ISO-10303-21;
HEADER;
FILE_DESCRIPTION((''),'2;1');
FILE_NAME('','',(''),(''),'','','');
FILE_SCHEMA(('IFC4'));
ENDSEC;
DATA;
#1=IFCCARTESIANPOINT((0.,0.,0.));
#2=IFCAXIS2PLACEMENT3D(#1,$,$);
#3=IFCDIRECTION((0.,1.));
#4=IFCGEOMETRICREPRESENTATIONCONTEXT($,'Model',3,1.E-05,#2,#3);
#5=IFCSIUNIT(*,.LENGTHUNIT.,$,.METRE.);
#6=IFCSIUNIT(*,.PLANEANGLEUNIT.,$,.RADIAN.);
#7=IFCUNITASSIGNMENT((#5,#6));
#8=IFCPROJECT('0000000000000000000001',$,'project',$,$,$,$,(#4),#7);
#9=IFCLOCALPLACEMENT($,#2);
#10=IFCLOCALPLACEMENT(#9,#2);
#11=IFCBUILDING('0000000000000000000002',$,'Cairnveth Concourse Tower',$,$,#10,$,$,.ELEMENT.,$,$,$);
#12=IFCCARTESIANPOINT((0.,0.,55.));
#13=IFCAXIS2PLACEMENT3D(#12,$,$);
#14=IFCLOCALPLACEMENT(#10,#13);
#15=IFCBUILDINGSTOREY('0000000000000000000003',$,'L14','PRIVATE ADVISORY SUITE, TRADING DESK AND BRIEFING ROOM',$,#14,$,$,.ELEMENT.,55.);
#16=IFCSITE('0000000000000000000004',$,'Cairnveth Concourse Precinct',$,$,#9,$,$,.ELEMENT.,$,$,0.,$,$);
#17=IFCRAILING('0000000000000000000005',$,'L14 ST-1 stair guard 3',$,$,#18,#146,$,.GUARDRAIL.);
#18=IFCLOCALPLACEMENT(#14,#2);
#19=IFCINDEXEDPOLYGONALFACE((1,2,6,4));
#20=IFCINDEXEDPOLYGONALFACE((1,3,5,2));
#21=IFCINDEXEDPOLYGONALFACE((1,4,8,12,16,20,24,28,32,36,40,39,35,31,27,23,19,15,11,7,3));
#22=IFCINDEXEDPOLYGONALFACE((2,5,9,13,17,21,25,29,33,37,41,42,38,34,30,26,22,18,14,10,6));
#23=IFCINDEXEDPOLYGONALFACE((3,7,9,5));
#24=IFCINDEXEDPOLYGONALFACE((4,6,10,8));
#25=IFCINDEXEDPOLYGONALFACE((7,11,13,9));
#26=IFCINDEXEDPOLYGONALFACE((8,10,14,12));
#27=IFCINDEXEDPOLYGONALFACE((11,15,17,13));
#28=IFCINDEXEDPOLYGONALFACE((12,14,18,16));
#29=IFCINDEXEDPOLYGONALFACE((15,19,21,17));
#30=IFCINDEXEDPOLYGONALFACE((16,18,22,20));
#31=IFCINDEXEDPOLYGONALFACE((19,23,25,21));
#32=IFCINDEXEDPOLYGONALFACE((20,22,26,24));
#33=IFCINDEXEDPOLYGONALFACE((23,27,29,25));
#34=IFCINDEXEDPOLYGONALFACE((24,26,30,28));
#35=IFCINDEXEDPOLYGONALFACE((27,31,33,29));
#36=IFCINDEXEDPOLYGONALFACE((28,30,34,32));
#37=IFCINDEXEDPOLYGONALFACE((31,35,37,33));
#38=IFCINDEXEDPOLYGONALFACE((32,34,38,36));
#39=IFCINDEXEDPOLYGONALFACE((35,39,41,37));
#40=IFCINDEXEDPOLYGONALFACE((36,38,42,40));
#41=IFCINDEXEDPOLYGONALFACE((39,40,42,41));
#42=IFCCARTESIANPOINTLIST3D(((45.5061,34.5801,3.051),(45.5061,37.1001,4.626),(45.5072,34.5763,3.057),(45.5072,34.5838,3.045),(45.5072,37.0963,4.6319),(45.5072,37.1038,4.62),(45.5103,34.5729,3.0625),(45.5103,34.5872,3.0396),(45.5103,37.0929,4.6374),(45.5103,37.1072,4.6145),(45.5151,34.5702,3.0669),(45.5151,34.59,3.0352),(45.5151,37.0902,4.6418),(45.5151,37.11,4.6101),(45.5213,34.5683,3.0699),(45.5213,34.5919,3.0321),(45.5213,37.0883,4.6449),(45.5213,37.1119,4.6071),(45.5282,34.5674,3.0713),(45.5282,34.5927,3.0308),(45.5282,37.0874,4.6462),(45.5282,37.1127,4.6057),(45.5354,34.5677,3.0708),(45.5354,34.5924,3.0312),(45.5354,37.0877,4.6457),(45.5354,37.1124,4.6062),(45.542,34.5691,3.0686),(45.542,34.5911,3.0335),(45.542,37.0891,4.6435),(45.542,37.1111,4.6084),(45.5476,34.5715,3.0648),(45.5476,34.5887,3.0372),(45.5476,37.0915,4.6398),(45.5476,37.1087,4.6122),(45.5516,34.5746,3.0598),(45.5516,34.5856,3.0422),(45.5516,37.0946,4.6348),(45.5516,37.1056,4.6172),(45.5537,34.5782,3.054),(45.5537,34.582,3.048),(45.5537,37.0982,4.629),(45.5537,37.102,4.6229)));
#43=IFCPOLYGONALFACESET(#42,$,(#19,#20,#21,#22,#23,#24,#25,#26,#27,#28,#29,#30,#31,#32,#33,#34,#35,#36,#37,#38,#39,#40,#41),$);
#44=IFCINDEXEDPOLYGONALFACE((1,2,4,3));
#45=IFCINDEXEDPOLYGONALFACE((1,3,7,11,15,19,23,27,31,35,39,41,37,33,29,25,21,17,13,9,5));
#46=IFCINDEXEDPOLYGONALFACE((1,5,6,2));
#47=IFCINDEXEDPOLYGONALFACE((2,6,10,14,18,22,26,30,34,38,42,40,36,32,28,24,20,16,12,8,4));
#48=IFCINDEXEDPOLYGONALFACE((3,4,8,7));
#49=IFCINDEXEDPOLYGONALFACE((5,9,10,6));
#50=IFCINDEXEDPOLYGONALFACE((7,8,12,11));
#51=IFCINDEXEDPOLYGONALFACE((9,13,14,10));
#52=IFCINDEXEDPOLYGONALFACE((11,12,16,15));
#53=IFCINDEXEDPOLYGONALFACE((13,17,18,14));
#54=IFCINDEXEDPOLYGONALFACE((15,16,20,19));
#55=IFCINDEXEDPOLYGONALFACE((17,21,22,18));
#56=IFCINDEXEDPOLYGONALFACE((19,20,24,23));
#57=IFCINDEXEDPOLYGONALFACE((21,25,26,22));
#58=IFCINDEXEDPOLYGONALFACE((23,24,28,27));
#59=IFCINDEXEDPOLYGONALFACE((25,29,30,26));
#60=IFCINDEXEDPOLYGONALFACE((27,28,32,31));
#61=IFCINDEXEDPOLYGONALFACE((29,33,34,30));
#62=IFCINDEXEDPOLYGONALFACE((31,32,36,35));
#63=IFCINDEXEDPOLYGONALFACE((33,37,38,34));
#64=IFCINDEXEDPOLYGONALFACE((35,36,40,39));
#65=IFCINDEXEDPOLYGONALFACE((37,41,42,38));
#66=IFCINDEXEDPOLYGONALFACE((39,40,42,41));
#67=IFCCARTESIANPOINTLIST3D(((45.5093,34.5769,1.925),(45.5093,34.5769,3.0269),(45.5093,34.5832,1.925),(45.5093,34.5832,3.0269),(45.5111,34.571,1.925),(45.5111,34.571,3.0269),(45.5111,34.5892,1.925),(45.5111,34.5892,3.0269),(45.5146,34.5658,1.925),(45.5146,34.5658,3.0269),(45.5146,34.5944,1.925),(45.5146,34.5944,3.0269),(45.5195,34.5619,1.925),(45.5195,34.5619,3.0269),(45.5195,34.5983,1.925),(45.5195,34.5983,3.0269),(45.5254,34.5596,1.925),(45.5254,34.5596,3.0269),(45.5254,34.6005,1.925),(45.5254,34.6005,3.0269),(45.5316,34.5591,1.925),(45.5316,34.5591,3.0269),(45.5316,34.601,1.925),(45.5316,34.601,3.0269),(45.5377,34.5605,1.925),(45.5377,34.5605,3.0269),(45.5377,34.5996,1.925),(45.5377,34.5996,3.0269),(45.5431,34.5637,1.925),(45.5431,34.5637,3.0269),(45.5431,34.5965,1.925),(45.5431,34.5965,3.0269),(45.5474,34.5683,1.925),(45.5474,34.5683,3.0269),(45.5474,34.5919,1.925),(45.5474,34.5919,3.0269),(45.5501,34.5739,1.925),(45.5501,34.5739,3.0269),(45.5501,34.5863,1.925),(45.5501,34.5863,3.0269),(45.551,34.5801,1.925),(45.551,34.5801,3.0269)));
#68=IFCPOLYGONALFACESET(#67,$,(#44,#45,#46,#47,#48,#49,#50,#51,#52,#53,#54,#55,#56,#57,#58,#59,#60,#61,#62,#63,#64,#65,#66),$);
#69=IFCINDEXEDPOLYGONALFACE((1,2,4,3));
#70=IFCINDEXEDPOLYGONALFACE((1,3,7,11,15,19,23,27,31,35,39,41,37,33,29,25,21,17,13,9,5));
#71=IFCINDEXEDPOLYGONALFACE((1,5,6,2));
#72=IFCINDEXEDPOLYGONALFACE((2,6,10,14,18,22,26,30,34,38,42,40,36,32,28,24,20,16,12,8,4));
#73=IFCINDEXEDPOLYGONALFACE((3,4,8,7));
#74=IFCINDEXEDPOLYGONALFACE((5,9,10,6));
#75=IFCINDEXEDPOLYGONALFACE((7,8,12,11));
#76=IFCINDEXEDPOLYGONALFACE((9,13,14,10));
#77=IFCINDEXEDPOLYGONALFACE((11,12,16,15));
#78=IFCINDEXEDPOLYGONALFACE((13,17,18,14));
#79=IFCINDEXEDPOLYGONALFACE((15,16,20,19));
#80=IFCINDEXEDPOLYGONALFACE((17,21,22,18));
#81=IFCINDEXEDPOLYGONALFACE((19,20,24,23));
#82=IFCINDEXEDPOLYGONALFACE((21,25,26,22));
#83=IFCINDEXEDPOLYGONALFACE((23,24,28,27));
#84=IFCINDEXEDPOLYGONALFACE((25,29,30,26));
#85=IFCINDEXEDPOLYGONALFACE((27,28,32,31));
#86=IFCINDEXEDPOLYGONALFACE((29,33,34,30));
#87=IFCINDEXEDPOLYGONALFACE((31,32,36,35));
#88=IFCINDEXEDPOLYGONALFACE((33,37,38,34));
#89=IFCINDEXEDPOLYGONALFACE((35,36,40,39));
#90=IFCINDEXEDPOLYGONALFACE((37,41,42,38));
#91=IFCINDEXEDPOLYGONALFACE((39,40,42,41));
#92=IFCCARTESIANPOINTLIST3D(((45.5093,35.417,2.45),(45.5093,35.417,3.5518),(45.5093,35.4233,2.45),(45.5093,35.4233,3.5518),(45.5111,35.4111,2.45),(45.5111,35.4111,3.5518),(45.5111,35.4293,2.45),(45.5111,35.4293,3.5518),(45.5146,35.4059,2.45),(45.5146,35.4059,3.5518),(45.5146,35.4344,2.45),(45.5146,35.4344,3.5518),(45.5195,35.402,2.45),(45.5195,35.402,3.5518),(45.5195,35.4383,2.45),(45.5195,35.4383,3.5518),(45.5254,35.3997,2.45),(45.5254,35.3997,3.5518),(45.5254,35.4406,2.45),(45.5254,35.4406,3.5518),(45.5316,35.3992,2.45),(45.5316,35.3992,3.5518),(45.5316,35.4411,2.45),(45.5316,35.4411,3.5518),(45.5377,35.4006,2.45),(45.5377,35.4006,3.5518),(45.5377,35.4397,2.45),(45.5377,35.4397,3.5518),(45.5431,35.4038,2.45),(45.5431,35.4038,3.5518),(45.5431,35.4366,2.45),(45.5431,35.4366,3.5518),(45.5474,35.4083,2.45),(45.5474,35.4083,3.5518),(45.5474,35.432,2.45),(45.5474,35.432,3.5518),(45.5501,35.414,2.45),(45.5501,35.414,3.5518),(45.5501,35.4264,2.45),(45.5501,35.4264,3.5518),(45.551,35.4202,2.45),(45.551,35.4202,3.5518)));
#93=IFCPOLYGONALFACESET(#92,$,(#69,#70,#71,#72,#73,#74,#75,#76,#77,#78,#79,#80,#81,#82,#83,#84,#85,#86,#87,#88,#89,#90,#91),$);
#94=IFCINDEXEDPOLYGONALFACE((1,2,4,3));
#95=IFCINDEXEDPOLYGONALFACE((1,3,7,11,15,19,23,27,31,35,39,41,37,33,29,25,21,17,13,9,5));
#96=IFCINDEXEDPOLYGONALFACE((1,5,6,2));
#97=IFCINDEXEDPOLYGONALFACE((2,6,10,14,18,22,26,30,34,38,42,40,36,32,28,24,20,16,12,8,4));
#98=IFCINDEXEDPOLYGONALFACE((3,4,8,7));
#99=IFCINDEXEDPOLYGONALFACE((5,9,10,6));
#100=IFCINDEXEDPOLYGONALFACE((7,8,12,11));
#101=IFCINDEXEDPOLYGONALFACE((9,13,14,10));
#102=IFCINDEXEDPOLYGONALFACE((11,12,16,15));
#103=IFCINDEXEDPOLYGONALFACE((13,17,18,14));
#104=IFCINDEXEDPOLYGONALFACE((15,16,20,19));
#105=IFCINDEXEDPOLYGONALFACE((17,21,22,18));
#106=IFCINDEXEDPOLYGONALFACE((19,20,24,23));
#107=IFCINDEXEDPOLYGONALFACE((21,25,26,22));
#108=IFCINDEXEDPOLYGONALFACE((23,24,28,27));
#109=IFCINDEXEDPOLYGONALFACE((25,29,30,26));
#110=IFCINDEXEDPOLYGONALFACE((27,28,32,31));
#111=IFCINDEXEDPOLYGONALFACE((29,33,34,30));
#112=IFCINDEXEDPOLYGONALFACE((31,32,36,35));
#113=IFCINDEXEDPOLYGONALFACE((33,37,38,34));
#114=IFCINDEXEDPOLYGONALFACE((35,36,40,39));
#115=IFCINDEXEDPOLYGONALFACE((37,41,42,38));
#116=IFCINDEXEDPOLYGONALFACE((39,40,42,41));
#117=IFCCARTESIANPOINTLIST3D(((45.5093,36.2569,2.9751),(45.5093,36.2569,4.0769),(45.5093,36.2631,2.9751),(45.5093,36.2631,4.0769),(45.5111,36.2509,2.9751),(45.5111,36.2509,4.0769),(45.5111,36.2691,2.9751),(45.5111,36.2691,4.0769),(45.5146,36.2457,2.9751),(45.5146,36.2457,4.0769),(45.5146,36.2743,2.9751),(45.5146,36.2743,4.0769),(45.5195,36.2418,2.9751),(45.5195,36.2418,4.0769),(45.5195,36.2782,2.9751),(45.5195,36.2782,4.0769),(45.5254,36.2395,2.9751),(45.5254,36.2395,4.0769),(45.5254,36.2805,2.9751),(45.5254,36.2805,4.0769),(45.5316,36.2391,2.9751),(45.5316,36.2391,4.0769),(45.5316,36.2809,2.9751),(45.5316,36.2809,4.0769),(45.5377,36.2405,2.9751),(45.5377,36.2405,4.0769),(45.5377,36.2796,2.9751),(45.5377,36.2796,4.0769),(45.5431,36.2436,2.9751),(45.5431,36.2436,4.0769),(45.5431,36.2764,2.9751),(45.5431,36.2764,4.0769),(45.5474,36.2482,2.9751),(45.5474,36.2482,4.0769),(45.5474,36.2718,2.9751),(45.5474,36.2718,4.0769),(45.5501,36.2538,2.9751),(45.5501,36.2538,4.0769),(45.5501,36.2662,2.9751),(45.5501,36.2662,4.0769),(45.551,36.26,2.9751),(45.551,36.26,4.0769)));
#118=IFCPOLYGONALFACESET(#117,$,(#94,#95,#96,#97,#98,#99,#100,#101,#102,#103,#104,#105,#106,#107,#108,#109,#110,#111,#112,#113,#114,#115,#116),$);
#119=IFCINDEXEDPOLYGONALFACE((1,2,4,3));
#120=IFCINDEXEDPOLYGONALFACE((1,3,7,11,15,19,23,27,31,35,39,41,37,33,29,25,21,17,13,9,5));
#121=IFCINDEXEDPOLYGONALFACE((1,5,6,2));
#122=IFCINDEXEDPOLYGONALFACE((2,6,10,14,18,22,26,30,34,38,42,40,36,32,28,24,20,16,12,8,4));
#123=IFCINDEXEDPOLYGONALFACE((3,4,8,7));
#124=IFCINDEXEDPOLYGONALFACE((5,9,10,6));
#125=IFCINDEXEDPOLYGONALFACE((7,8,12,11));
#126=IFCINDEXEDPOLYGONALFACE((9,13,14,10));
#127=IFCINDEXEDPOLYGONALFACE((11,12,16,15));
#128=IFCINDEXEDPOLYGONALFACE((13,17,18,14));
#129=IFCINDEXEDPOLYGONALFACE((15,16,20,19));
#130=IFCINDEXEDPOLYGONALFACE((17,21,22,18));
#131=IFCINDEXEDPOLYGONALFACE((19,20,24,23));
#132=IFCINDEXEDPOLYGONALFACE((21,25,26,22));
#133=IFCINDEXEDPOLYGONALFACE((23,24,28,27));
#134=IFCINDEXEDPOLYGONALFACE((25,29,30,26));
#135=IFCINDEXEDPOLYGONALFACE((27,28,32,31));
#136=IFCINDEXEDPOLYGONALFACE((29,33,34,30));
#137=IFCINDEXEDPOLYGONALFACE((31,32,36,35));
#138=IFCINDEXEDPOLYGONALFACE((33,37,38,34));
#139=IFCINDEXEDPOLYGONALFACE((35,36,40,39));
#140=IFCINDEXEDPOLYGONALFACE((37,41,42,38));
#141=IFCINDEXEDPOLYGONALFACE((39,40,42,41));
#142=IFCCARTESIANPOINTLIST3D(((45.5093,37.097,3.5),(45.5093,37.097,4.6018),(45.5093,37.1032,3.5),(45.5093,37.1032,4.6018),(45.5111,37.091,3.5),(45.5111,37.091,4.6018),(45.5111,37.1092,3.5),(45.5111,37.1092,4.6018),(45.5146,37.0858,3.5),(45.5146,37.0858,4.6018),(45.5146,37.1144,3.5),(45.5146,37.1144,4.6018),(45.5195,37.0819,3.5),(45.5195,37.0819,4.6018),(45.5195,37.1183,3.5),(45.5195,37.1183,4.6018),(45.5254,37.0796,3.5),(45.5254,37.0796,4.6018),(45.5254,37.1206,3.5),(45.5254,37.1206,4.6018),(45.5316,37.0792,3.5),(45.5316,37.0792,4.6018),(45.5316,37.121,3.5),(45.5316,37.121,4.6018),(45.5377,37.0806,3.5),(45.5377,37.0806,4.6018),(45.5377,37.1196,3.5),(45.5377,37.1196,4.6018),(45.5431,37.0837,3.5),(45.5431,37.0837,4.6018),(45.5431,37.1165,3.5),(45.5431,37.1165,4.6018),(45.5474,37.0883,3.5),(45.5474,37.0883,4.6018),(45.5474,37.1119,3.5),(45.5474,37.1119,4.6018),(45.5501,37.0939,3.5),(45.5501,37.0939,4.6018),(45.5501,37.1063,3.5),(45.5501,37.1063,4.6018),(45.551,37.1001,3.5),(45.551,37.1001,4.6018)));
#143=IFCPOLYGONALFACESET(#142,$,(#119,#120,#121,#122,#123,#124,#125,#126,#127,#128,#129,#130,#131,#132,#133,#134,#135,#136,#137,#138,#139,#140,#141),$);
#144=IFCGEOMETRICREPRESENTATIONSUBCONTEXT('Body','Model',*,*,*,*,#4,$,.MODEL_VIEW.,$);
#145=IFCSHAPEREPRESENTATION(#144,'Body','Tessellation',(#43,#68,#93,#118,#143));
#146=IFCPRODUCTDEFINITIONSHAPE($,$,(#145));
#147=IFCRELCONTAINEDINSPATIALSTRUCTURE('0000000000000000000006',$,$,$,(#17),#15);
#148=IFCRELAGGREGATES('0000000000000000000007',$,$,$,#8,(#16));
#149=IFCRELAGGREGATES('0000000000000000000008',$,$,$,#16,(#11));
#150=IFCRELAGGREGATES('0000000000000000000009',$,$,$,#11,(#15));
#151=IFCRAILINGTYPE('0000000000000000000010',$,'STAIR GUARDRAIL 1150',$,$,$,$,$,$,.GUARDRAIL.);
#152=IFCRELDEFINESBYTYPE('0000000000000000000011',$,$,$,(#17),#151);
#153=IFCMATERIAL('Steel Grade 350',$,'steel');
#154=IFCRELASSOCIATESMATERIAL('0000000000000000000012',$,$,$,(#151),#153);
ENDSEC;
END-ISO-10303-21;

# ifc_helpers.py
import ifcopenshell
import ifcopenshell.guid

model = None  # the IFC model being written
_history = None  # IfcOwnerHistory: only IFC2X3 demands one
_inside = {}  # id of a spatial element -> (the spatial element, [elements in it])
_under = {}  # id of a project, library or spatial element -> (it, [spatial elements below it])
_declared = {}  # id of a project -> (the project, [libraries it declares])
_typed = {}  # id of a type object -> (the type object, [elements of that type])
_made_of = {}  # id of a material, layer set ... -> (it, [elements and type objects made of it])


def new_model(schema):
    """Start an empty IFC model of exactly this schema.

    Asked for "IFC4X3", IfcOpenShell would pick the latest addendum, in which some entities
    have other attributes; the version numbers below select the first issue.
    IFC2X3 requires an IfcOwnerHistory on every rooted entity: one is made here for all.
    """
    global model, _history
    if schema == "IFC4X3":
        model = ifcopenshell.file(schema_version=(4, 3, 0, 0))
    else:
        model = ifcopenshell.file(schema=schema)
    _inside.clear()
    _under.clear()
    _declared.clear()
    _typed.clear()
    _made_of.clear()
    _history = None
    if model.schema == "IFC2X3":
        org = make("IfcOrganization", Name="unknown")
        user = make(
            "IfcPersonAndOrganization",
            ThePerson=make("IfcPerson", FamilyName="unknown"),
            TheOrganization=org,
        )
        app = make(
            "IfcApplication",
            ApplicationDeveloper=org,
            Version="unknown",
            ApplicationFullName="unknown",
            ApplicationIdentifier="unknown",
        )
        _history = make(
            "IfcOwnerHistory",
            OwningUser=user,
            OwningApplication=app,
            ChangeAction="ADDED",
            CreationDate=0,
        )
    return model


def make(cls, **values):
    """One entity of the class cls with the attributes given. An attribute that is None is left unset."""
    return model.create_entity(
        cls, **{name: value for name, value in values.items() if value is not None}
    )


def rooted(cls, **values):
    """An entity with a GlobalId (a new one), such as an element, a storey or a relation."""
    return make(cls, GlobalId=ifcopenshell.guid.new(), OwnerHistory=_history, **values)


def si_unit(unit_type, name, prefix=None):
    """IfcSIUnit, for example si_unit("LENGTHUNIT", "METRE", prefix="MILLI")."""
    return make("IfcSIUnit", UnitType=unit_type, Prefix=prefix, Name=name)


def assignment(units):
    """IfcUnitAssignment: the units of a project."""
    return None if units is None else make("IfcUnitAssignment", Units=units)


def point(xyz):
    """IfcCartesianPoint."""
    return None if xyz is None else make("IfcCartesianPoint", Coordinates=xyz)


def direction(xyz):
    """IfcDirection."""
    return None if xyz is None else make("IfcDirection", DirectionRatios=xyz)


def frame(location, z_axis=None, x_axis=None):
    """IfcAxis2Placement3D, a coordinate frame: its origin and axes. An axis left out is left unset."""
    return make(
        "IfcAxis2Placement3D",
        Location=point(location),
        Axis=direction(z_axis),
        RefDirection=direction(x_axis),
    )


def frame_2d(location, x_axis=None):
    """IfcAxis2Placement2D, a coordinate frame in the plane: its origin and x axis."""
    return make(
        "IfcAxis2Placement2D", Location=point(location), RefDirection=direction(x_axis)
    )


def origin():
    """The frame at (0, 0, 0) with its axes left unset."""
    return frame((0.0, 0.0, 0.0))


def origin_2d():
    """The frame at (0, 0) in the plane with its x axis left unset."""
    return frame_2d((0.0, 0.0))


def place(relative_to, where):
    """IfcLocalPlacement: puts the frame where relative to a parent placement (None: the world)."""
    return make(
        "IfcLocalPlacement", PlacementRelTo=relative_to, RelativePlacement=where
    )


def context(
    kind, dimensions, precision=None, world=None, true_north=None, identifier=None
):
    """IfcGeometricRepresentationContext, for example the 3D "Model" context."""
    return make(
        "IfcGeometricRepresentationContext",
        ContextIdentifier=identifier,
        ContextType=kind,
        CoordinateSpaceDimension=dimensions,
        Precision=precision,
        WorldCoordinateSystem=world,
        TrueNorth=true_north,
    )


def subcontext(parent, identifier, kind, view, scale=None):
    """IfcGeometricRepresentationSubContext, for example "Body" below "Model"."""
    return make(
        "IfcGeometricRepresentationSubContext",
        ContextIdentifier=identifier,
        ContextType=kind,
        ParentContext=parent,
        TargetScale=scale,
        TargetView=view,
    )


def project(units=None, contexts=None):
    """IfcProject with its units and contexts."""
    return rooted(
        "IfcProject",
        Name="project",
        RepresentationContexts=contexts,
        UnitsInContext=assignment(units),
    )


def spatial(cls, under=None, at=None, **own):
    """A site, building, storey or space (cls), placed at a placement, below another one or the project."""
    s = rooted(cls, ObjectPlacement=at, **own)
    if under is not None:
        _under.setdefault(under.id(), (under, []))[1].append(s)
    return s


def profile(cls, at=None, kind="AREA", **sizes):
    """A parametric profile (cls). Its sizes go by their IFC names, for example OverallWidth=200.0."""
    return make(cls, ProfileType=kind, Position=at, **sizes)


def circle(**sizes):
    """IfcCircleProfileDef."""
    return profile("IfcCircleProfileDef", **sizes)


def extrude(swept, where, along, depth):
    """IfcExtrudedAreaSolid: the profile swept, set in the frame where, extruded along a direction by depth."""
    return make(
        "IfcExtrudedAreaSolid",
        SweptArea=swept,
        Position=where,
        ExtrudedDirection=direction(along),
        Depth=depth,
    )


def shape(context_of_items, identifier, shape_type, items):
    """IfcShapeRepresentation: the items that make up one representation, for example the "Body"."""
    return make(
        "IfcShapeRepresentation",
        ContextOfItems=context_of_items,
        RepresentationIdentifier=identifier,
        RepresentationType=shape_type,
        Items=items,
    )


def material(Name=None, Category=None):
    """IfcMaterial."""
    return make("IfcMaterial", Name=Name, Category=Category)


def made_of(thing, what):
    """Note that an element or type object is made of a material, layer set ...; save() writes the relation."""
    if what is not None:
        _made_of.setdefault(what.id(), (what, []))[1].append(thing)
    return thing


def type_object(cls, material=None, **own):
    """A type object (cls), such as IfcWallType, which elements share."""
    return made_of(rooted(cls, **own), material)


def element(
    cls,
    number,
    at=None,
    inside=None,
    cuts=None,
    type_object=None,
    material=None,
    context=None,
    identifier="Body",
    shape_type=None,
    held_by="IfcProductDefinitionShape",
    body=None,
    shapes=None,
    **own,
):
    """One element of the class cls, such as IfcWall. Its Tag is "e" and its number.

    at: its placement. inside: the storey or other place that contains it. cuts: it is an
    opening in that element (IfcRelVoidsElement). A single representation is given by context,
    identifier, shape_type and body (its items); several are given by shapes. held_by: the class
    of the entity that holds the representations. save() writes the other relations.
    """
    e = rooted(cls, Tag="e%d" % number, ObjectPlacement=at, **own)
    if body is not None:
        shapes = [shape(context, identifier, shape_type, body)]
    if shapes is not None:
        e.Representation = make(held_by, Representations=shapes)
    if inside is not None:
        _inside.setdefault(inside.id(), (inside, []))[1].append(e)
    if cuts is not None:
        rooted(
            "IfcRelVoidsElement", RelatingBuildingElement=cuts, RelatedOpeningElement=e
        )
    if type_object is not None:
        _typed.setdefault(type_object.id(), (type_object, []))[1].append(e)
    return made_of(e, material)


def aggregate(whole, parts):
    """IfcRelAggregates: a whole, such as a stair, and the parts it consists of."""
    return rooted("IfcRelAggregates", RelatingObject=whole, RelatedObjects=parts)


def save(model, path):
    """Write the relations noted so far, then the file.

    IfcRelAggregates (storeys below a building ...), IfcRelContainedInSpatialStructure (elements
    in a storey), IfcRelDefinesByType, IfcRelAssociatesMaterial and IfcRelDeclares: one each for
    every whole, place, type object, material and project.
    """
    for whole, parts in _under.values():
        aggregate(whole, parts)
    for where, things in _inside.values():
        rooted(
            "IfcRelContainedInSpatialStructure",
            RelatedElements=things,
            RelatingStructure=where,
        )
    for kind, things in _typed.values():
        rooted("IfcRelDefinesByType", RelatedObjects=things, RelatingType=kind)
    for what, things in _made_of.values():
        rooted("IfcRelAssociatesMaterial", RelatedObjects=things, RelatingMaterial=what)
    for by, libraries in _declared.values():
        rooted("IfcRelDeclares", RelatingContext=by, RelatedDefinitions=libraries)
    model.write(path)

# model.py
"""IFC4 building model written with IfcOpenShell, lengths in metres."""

from ifc_helpers import new_model, si_unit, direction, frame, origin, origin_2d, place, context, subcontext, project, spatial, circle, extrude, material, type_object, element, save


model = new_model("IFC4")

# Units and contexts
model_context = context("Model", 3, precision=1e-05, world=origin(), true_north=direction((0.0, 1.0)))
body_context = subcontext(model_context, "Body", "Model", "MODEL_VIEW")
ifc_project = project(units=[si_unit("LENGTHUNIT", "METRE"), si_unit("PLANEANGLEUNIT", "RADIAN")], contexts=[model_context])

# Site, building, storey
site_placement = place(None, origin())
site = spatial("IfcSite", under=ifc_project, at=site_placement, Name="Cairnveth Concourse Precinct", CompositionType="ELEMENT", RefElevation=0.0)
building_placement = place(site_placement, origin())
building = spatial("IfcBuilding", under=site, at=building_placement, Name="Cairnveth Concourse Tower", CompositionType="ELEMENT")
storey_placement = place(building_placement, frame((0.0, 0.0, 55.0)))
storey = spatial("IfcBuildingStorey", under=building, at=storey_placement, Name="L14", Description="PRIVATE ADVISORY SUITE, TRADING DESK AND BRIEFING ROOM", CompositionType="ELEMENT", Elevation=55.0)

# Railing
ifc_material_1 = material(Name="Steel Grade 350", Category="steel")
railing_type_1 = type_object("IfcRailingType", Name="STAIR GUARDRAIL 1150", PredefinedType="GUARDRAIL", material=ifc_material_1)
railing_1_placement = place(storey_placement, frame((45.53, 34.5801, 1.925)))
element("IfcRailing", 1, at=railing_1_placement, inside=storey, type_object=railing_type_1, Name="L14 ST-1 stair guard 3", PredefinedType="GUARDRAIL", context=body_context, shape_type="SweptSolid", body=[
    extrude(circle(Radius=0.0239, at=origin_2d()), frame((0.0, 0.0, 1.126), z_axis=(0.0, 0.848008, 0.529984), x_axis=(-1.0, 0.0, 0.0)), (0.0, 0.0, 1.0), 2.9717),
    extrude(circle(Radius=0.021, at=origin_2d()), origin(), (0.0, 0.0, 1.0), 1.1018),
    extrude(circle(Radius=0.021, at=origin_2d()), frame((0.0, 0.8401, 0.5249)), (0.0, 0.0, 1.0), 1.1018),
    extrude(circle(Radius=0.021, at=origin_2d()), frame((0.0, 1.6799, 1.05)), (0.0, 0.0, 1.0), 1.1018),
    extrude(circle(Radius=0.021, at=origin_2d()), frame((0.0, 2.52, 1.575)), (0.0, 0.0, 1.0), 1.1018),
])

save(model, "model.ifc")
